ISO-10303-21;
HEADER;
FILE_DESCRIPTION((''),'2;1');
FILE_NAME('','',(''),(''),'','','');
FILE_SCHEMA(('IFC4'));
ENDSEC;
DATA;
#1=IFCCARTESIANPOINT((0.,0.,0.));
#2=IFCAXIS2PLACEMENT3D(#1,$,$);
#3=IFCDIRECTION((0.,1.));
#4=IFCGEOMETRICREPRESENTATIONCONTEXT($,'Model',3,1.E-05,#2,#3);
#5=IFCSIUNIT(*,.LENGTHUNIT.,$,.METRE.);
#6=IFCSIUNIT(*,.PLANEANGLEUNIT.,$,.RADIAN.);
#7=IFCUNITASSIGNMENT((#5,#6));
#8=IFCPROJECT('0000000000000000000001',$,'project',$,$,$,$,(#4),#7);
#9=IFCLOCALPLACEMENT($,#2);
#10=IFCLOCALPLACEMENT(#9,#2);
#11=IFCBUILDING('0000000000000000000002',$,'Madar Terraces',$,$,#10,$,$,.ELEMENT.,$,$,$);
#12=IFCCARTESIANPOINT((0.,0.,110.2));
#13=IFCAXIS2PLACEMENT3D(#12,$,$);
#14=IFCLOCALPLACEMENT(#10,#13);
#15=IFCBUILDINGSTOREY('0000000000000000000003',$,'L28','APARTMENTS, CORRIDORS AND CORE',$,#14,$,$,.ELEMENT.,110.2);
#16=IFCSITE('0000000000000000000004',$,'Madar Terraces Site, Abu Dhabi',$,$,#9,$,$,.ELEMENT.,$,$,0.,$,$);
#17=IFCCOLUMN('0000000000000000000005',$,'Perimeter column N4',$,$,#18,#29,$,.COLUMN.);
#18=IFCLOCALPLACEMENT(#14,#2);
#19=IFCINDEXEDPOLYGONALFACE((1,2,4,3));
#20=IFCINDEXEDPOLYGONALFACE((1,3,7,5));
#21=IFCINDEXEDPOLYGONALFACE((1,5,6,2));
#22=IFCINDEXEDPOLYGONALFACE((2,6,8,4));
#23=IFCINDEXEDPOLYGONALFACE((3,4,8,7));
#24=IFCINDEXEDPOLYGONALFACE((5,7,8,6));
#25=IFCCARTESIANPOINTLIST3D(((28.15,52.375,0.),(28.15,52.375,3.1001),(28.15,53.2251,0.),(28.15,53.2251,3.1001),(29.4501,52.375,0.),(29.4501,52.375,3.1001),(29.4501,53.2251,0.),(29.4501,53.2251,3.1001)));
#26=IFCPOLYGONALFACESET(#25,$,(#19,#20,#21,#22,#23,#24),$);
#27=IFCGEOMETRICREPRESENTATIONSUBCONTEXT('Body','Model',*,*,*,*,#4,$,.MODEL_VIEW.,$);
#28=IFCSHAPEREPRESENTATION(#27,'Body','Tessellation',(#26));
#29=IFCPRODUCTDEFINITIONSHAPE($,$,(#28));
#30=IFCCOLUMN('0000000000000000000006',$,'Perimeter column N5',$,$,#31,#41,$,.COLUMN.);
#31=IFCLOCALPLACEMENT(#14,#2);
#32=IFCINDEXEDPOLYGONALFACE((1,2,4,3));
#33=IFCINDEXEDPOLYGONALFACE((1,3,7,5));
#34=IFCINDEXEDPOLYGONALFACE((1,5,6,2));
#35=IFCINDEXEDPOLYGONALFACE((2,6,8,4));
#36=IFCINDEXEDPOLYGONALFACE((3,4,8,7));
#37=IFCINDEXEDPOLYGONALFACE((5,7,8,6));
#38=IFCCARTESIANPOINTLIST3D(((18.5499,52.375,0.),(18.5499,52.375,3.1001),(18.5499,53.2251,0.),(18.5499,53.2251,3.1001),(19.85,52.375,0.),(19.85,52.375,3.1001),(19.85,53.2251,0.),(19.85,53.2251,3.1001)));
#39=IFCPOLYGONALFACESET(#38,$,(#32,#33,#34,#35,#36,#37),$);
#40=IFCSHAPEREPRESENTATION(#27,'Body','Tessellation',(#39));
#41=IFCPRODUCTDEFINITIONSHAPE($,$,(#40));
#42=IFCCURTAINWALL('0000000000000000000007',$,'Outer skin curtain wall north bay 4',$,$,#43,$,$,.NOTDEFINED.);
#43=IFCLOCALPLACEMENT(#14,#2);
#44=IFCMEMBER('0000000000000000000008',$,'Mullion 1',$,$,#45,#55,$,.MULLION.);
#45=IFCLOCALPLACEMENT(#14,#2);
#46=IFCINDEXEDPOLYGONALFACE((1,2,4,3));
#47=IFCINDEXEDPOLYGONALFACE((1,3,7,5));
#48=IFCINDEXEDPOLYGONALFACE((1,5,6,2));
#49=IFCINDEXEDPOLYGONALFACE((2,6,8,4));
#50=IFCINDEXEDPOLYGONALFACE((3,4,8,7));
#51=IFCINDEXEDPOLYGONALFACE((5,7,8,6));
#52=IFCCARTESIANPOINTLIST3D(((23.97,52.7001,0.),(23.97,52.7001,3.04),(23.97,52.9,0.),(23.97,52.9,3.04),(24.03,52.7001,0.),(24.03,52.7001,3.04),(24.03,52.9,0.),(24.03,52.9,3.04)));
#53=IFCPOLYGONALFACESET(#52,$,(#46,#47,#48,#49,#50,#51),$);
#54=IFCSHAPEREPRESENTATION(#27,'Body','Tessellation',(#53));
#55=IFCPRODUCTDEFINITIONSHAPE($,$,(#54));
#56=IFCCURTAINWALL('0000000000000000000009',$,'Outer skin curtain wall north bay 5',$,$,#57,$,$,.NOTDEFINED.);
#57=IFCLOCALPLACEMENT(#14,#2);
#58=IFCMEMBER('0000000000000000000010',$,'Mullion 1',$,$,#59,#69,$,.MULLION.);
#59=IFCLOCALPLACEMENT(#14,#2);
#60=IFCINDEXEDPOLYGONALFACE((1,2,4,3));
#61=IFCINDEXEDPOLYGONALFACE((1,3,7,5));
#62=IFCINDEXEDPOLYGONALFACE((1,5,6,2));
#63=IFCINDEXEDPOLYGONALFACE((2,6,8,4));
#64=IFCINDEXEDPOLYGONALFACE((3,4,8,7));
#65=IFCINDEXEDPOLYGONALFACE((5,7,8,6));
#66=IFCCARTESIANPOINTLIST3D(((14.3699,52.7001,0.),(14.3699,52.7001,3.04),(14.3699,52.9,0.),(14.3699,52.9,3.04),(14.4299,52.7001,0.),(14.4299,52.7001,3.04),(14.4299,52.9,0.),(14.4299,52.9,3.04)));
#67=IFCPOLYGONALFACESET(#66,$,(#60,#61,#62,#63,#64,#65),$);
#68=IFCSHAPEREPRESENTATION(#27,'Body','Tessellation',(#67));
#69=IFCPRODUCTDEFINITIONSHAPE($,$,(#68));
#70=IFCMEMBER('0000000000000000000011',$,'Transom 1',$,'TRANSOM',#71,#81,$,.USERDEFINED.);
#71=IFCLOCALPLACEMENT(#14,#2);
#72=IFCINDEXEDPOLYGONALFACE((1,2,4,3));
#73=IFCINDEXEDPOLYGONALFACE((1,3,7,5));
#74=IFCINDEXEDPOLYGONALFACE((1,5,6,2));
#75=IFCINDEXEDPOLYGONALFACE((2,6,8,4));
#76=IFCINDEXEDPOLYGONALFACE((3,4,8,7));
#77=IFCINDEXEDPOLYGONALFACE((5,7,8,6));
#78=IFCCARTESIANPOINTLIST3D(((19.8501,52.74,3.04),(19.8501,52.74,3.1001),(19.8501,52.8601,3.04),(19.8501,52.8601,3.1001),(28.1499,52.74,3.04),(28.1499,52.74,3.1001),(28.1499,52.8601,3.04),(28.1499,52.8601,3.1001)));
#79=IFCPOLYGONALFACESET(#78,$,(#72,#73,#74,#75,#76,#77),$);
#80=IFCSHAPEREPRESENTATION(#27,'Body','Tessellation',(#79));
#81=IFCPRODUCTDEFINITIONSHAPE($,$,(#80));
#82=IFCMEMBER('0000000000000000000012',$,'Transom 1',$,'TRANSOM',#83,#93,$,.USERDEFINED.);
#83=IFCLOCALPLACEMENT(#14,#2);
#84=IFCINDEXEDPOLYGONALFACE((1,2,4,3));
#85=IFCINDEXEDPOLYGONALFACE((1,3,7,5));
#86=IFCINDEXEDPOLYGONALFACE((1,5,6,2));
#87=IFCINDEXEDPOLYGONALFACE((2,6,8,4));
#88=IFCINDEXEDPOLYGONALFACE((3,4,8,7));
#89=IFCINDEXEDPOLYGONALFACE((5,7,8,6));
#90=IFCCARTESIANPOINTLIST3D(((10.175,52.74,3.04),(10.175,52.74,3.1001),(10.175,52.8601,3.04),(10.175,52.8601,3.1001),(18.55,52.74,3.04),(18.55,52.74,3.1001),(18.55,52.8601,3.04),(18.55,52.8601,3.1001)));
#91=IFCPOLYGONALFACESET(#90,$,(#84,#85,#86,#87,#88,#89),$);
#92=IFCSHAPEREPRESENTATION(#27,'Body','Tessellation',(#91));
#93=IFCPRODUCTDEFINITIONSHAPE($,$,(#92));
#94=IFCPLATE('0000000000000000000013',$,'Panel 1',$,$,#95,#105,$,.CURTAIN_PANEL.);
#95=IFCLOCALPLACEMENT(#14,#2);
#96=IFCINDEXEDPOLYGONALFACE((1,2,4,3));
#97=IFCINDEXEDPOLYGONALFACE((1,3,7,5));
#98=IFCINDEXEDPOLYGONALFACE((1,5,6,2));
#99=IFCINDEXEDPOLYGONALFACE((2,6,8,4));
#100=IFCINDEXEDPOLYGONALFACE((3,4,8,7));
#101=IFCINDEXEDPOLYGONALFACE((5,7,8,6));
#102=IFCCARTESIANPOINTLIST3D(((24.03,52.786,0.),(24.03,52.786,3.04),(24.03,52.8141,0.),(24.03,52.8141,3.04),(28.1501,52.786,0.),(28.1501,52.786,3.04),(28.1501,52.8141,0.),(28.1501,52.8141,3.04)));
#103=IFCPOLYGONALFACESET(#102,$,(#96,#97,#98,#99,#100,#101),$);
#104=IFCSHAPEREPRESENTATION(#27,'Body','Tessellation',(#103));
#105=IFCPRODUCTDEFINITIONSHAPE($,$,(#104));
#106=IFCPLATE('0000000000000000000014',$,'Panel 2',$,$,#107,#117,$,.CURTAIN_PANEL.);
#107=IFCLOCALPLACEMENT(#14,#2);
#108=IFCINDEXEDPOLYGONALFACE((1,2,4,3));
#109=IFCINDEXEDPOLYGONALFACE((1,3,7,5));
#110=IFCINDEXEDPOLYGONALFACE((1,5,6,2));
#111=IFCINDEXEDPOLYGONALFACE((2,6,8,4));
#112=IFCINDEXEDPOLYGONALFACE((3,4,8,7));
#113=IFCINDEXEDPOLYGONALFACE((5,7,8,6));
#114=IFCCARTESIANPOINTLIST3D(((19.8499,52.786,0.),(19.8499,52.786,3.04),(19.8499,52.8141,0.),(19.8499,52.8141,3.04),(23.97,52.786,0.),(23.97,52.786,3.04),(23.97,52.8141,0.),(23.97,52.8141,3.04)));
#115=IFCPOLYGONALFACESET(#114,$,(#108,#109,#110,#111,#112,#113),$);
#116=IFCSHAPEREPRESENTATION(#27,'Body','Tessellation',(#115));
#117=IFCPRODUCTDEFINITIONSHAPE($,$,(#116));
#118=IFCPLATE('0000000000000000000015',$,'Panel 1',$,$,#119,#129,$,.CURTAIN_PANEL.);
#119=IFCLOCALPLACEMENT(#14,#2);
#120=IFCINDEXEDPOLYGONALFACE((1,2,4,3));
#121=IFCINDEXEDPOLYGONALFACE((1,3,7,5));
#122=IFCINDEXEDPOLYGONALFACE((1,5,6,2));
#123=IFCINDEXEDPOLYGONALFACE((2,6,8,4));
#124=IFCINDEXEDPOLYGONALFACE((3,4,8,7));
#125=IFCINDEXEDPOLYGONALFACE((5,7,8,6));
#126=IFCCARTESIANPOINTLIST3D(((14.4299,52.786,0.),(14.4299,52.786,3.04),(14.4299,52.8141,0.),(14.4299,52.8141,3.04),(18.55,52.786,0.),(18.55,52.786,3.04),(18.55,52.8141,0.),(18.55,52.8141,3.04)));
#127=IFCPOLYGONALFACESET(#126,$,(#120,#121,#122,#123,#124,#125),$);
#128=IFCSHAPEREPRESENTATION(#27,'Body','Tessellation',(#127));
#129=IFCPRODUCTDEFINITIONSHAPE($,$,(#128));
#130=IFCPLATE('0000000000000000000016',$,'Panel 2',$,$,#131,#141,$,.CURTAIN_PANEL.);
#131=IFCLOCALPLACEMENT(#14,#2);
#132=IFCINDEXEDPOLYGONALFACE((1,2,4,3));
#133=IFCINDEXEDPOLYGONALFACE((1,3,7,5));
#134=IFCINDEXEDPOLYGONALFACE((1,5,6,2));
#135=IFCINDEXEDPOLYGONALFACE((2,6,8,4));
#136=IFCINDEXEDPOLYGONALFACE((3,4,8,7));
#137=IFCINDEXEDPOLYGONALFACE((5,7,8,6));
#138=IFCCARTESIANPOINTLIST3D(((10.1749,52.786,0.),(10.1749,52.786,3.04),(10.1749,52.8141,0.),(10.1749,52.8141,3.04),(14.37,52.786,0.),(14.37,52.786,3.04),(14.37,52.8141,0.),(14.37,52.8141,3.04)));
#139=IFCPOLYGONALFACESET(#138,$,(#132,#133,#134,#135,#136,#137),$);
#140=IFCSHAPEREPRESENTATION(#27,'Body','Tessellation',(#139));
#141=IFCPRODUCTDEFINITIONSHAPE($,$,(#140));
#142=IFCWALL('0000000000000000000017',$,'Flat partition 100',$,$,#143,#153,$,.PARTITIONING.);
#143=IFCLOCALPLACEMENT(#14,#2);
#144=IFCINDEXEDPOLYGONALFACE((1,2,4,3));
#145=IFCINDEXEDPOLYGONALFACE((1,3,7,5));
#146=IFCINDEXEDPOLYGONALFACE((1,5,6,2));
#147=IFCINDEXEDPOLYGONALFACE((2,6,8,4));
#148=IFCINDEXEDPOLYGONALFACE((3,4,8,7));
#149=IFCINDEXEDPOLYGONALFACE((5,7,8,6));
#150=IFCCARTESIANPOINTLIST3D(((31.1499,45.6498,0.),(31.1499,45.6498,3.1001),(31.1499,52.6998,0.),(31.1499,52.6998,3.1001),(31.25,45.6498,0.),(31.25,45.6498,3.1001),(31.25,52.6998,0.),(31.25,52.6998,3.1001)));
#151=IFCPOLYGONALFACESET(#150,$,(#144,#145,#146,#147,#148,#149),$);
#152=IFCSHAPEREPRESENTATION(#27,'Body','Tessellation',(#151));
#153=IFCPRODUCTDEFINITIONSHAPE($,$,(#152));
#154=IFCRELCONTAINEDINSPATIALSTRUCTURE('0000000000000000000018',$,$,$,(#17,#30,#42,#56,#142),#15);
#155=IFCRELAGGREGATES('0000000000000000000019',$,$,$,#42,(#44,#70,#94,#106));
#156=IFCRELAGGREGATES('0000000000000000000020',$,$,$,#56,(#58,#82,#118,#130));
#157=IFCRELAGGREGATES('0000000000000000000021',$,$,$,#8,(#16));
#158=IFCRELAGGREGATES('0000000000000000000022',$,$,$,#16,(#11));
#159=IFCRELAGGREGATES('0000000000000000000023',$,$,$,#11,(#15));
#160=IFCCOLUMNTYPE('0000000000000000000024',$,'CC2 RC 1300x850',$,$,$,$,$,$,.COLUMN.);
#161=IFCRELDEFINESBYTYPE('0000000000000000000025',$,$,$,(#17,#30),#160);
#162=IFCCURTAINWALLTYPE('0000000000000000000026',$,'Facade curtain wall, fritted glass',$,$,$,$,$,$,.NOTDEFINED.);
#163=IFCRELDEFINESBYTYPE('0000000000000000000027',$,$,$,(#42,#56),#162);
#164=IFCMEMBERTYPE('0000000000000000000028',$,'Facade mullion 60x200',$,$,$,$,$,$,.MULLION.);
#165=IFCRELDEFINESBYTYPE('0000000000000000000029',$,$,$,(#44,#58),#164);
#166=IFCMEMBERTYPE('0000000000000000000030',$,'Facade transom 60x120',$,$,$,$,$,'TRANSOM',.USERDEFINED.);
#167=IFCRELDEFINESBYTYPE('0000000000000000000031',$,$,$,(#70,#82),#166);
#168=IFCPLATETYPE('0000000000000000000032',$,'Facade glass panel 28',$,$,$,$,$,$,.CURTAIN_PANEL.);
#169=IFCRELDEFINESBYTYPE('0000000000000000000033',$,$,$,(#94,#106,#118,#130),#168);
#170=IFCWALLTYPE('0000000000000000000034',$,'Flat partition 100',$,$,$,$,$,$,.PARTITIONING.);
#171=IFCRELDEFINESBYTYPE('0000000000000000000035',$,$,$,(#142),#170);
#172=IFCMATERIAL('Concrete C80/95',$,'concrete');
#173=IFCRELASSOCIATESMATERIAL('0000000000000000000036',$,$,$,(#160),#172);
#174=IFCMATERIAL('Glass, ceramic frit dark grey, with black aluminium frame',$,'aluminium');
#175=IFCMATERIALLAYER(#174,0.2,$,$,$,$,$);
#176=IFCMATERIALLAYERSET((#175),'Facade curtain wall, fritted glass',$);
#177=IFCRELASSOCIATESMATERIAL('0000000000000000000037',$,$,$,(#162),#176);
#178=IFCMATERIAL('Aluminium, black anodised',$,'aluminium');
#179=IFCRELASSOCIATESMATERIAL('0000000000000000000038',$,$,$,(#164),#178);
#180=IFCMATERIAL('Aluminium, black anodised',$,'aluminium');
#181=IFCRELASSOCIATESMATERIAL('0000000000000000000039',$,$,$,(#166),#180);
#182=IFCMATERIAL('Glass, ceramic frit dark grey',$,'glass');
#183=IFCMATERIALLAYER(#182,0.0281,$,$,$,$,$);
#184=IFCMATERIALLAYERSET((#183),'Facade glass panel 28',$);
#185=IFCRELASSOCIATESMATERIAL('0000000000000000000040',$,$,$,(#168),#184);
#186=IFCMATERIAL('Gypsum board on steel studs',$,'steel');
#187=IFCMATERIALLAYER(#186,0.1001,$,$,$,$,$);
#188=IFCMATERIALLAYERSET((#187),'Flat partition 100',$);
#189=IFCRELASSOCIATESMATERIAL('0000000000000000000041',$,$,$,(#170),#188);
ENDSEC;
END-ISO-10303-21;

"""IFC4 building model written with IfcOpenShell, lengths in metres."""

from ifc_helpers import new_model, si_unit, direction, frame, frame_2d, origin, origin_2d, place, context, subcontext, project, spatial, rectangle, extrude, material, layer, layer_set, material_profile, profile_set, type_object, element, aggregate, save


model = new_model("IFC4")

# Units and contexts
model_context = context("Model", 3, precision=1e-05, world=origin(), true_north=direction((0.0, 1.0)))
body_context = subcontext(model_context, "Body", "Model", "MODEL_VIEW")
ifc_project = project(units=[si_unit("LENGTHUNIT", "METRE"), si_unit("PLANEANGLEUNIT", "RADIAN")], contexts=[model_context])

# Site, building, storey
site_placement = place(None, origin())
site = spatial("IfcSite", under=ifc_project, at=site_placement, Name="Madar Terraces Site, Abu Dhabi", CompositionType="ELEMENT", RefElevation=0.0)
building_placement = place(site_placement, origin())
building = spatial("IfcBuilding", under=site, at=building_placement, Name="Madar Terraces", CompositionType="ELEMENT")
storey_placement = place(building_placement, frame((0.0, 0.0, 110.2)))
storey = spatial("IfcBuildingStorey", under=building, at=storey_placement, Name="L28", Description="APARTMENTS, CORRIDORS AND CORE", CompositionType="ELEMENT", Elevation=110.2)

# Columns
ifc_material_1 = material(Name="Concrete C80/95", Category="concrete")
ifc_material_profile_1 = material_profile(ifc_material_1, rectangle(XDim=1.3, YDim=0.8501, at=origin_2d()), Name="CC2 RC 1300x850")
ifc_profile_set_1 = profile_set([ifc_material_profile_1], Name="Concrete C80/95")
column_type = type_object("IfcColumnType", Name="CC2 RC 1300x850", PredefinedType="COLUMN", material=ifc_profile_set_1)
for number, where, z_axis, x_axis, name in (
    (1, (28.8, 52.8, 0.0), (0.0, 0.0, 1.0), (1.0, 0.0, 0.0), "Perimeter column N4"),
    (2, (19.2, 52.8, 0.0), (0.0, 0.0, 1.0), (1.0, 0.0, 0.0), "Perimeter column N5"),
):
    element("IfcColumn", number, at=place(storey_placement, frame(where, z_axis=z_axis, x_axis=x_axis)), inside=storey, type_object=column_type, Name=name, PredefinedType="COLUMN", context=body_context, shape_type="SweptSolid", body=[
        extrude(rectangle(XDim=1.3, YDim=0.8501, at=origin_2d()), origin(), (0.0, 0.0, 1.0), 3.1001),
    ])

# Curtain walls, members
ifc_material_2 = material(Name="Glass, ceramic frit dark grey, with black aluminium frame", Category="aluminium")
ifc_layer_1 = layer(ifc_material_2, 0.2)
ifc_layer_set_1 = layer_set([ifc_layer_1], Name="Facade curtain wall, fritted glass")
curtain_wall_type = type_object("IfcCurtainWallType", Name="Facade curtain wall, fritted glass", PredefinedType="NOTDEFINED", material=ifc_layer_set_1)
curtain_wall_1_placement = place(storey_placement, origin())
curtain_wall_1 = element("IfcCurtainWall", 3, at=curtain_wall_1_placement, inside=storey, type_object=curtain_wall_type, Name="Outer skin curtain wall north bay 4", PredefinedType="NOTDEFINED")
ifc_material_3 = material(Name="Aluminium, black anodised", Category="aluminium")
ifc_material_profile_2 = material_profile(ifc_material_3, rectangle(XDim=0.2, YDim=0.0601, at=origin_2d()), Name="Facade mullion 60x200")
ifc_profile_set_2 = profile_set([ifc_material_profile_2], Name="Aluminium, black anodised")
member_type_1 = type_object("IfcMemberType", Name="Facade mullion 60x200", PredefinedType="MULLION", material=ifc_profile_set_2)
member_1_placement = place(storey_placement, frame((24.0, 52.8, 0.0), z_axis=(0.0, 0.0, 1.0), x_axis=(0.0, -1.0, 0.0)))
member_1 = element("IfcMember", 4, at=member_1_placement, type_object=member_type_1, Name="Mullion 1", PredefinedType="MULLION", context=body_context, shape_type="SweptSolid", body=[
    extrude(rectangle(XDim=0.2, YDim=0.0601, at=origin_2d()), origin(), (0.0, 0.0, 1.0), 3.04),
])
curtain_wall_2_placement = place(storey_placement, origin())
curtain_wall_2 = element("IfcCurtainWall", 5, at=curtain_wall_2_placement, inside=storey, type_object=curtain_wall_type, Name="Outer skin curtain wall north bay 5", PredefinedType="NOTDEFINED")
member_2_placement = place(storey_placement, frame((14.3999, 52.8, 0.0), z_axis=(0.0, 0.0, 1.0), x_axis=(0.0, -1.0, 0.0)))
member_2 = element("IfcMember", 6, at=member_2_placement, type_object=member_type_1, Name="Mullion 1", PredefinedType="MULLION", context=body_context, shape_type="SweptSolid", body=[
    extrude(rectangle(XDim=0.2, YDim=0.0601, at=origin_2d()), origin(), (0.0, 0.0, 1.0), 3.04),
])

# Members
ifc_material_4 = material(Name="Aluminium, black anodised", Category="aluminium")
ifc_material_profile_3 = material_profile(ifc_material_4, rectangle(XDim=0.1201, YDim=0.0601, at=origin_2d()), Name="Facade transom 60x120")
ifc_profile_set_3 = profile_set([ifc_material_profile_3], Name="Aluminium, black anodised")
member_type_2 = type_object("IfcMemberType", Name="Facade transom 60x120", ElementType="TRANSOM", PredefinedType="USERDEFINED", material=ifc_profile_set_3)
member_3_placement = place(storey_placement, frame((28.1499, 52.8, 3.0701), z_axis=(-1.0, 0.0, 0.0), x_axis=(0.0, -1.0, 0.0)))
member_3 = element("IfcMember", 7, at=member_3_placement, type_object=member_type_2, Name="Transom 1", ObjectType="TRANSOM", PredefinedType="USERDEFINED", context=body_context, shape_type="SweptSolid", body=[
    extrude(rectangle(XDim=0.1201, YDim=0.0601, at=origin_2d()), origin(), (0.0, 0.0, 1.0), 8.2998),
])
member_4_placement = place(storey_placement, frame((18.55, 52.8, 3.0701), z_axis=(-1.0, 0.0, 0.0), x_axis=(0.0, -1.0, 0.0)))
member_4 = element("IfcMember", 8, at=member_4_placement, type_object=member_type_2, Name="Transom 1", ObjectType="TRANSOM", PredefinedType="USERDEFINED", context=body_context, shape_type="SweptSolid", body=[
    extrude(rectangle(XDim=0.1201, YDim=0.0601, at=origin_2d()), origin(), (0.0, 0.0, 1.0), 8.375),
])

# Plates
ifc_material_5 = material(Name="Glass, ceramic frit dark grey", Category="glass")
ifc_layer_2 = layer(ifc_material_5, 0.0281)
ifc_layer_set_2 = layer_set([ifc_layer_2], Name="Facade glass panel 28")
plate_type = type_object("IfcPlateType", Name="Facade glass panel 28", PredefinedType="CURTAIN_PANEL", material=ifc_layer_set_2)
plate_1_placement = place(storey_placement, frame((26.0901, 52.8, 0.0), z_axis=(0.0, 0.0, 1.0), x_axis=(-1.0, 0.0, 0.0)))
plate_1 = element("IfcPlate", 9, at=plate_1_placement, type_object=plate_type, Name="Panel 1", PredefinedType="CURTAIN_PANEL", context=body_context, shape_type="SweptSolid", body=[
    extrude(rectangle(XDim=4.1201, YDim=0.0281, at=origin_2d()), origin(), (0.0, 0.0, 1.0), 3.04),
])
plate_2_placement = place(storey_placement, frame((21.9099, 52.8, 0.0), z_axis=(0.0, 0.0, 1.0), x_axis=(-1.0, 0.0, 0.0)))
plate_2 = element("IfcPlate", 10, at=plate_2_placement, type_object=plate_type, Name="Panel 2", PredefinedType="CURTAIN_PANEL", context=body_context, shape_type="SweptSolid", body=[
    extrude(rectangle(XDim=4.1201, YDim=0.0281, at=origin_2d()), origin(), (0.0, 0.0, 1.0), 3.04),
])
aggregate(curtain_wall_1, [member_1, member_3, plate_1, plate_2])
plate_3_placement = place(storey_placement, frame((16.49, 52.8, 0.0), z_axis=(0.0, 0.0, 1.0), x_axis=(-1.0, 0.0, 0.0)))
plate_3 = element("IfcPlate", 11, at=plate_3_placement, type_object=plate_type, Name="Panel 1", PredefinedType="CURTAIN_PANEL", context=body_context, shape_type="SweptSolid", body=[
    extrude(rectangle(XDim=4.1201, YDim=0.0281, at=origin_2d()), origin(), (0.0, 0.0, 1.0), 3.04),
])
plate_4_placement = place(storey_placement, frame((12.2725, 52.8, 0.0), z_axis=(0.0, 0.0, 1.0), x_axis=(-1.0, 0.0, 0.0)))
plate_4 = element("IfcPlate", 12, at=plate_4_placement, type_object=plate_type, Name="Panel 2", PredefinedType="CURTAIN_PANEL", context=body_context, shape_type="SweptSolid", body=[
    extrude(rectangle(XDim=4.1951, YDim=0.0281, at=origin_2d()), origin(), (0.0, 0.0, 1.0), 3.04),
])
aggregate(curtain_wall_2, [member_2, member_4, plate_3, plate_4])

# Wall
ifc_material_6 = material(Name="Gypsum board on steel studs", Category="steel")
ifc_layer_3 = layer(ifc_material_6, 0.1001)
ifc_layer_set_3 = layer_set([ifc_layer_3], Name="Flat partition 100")
wall_type_1 = type_object("IfcWallType", Name="Flat partition 100", PredefinedType="PARTITIONING", material=ifc_layer_set_3)
wall_1_placement = place(storey_placement, frame((31.2, 45.6499, 0.0), z_axis=(0.0, 0.0, 1.0), x_axis=(0.0, 1.0, 0.0)))
element("IfcWall", 13, at=wall_1_placement, inside=storey, type_object=wall_type_1, Name="Flat partition 100", PredefinedType="PARTITIONING", context=body_context, shape_type="SweptSolid", body=[
    extrude(rectangle(XDim=7.05, YDim=0.1001, at=frame_2d((3.5249, 0.0))), origin(), (0.0, 0.0, 1.0), 3.1001),
])

save(model, "model.ifc")
